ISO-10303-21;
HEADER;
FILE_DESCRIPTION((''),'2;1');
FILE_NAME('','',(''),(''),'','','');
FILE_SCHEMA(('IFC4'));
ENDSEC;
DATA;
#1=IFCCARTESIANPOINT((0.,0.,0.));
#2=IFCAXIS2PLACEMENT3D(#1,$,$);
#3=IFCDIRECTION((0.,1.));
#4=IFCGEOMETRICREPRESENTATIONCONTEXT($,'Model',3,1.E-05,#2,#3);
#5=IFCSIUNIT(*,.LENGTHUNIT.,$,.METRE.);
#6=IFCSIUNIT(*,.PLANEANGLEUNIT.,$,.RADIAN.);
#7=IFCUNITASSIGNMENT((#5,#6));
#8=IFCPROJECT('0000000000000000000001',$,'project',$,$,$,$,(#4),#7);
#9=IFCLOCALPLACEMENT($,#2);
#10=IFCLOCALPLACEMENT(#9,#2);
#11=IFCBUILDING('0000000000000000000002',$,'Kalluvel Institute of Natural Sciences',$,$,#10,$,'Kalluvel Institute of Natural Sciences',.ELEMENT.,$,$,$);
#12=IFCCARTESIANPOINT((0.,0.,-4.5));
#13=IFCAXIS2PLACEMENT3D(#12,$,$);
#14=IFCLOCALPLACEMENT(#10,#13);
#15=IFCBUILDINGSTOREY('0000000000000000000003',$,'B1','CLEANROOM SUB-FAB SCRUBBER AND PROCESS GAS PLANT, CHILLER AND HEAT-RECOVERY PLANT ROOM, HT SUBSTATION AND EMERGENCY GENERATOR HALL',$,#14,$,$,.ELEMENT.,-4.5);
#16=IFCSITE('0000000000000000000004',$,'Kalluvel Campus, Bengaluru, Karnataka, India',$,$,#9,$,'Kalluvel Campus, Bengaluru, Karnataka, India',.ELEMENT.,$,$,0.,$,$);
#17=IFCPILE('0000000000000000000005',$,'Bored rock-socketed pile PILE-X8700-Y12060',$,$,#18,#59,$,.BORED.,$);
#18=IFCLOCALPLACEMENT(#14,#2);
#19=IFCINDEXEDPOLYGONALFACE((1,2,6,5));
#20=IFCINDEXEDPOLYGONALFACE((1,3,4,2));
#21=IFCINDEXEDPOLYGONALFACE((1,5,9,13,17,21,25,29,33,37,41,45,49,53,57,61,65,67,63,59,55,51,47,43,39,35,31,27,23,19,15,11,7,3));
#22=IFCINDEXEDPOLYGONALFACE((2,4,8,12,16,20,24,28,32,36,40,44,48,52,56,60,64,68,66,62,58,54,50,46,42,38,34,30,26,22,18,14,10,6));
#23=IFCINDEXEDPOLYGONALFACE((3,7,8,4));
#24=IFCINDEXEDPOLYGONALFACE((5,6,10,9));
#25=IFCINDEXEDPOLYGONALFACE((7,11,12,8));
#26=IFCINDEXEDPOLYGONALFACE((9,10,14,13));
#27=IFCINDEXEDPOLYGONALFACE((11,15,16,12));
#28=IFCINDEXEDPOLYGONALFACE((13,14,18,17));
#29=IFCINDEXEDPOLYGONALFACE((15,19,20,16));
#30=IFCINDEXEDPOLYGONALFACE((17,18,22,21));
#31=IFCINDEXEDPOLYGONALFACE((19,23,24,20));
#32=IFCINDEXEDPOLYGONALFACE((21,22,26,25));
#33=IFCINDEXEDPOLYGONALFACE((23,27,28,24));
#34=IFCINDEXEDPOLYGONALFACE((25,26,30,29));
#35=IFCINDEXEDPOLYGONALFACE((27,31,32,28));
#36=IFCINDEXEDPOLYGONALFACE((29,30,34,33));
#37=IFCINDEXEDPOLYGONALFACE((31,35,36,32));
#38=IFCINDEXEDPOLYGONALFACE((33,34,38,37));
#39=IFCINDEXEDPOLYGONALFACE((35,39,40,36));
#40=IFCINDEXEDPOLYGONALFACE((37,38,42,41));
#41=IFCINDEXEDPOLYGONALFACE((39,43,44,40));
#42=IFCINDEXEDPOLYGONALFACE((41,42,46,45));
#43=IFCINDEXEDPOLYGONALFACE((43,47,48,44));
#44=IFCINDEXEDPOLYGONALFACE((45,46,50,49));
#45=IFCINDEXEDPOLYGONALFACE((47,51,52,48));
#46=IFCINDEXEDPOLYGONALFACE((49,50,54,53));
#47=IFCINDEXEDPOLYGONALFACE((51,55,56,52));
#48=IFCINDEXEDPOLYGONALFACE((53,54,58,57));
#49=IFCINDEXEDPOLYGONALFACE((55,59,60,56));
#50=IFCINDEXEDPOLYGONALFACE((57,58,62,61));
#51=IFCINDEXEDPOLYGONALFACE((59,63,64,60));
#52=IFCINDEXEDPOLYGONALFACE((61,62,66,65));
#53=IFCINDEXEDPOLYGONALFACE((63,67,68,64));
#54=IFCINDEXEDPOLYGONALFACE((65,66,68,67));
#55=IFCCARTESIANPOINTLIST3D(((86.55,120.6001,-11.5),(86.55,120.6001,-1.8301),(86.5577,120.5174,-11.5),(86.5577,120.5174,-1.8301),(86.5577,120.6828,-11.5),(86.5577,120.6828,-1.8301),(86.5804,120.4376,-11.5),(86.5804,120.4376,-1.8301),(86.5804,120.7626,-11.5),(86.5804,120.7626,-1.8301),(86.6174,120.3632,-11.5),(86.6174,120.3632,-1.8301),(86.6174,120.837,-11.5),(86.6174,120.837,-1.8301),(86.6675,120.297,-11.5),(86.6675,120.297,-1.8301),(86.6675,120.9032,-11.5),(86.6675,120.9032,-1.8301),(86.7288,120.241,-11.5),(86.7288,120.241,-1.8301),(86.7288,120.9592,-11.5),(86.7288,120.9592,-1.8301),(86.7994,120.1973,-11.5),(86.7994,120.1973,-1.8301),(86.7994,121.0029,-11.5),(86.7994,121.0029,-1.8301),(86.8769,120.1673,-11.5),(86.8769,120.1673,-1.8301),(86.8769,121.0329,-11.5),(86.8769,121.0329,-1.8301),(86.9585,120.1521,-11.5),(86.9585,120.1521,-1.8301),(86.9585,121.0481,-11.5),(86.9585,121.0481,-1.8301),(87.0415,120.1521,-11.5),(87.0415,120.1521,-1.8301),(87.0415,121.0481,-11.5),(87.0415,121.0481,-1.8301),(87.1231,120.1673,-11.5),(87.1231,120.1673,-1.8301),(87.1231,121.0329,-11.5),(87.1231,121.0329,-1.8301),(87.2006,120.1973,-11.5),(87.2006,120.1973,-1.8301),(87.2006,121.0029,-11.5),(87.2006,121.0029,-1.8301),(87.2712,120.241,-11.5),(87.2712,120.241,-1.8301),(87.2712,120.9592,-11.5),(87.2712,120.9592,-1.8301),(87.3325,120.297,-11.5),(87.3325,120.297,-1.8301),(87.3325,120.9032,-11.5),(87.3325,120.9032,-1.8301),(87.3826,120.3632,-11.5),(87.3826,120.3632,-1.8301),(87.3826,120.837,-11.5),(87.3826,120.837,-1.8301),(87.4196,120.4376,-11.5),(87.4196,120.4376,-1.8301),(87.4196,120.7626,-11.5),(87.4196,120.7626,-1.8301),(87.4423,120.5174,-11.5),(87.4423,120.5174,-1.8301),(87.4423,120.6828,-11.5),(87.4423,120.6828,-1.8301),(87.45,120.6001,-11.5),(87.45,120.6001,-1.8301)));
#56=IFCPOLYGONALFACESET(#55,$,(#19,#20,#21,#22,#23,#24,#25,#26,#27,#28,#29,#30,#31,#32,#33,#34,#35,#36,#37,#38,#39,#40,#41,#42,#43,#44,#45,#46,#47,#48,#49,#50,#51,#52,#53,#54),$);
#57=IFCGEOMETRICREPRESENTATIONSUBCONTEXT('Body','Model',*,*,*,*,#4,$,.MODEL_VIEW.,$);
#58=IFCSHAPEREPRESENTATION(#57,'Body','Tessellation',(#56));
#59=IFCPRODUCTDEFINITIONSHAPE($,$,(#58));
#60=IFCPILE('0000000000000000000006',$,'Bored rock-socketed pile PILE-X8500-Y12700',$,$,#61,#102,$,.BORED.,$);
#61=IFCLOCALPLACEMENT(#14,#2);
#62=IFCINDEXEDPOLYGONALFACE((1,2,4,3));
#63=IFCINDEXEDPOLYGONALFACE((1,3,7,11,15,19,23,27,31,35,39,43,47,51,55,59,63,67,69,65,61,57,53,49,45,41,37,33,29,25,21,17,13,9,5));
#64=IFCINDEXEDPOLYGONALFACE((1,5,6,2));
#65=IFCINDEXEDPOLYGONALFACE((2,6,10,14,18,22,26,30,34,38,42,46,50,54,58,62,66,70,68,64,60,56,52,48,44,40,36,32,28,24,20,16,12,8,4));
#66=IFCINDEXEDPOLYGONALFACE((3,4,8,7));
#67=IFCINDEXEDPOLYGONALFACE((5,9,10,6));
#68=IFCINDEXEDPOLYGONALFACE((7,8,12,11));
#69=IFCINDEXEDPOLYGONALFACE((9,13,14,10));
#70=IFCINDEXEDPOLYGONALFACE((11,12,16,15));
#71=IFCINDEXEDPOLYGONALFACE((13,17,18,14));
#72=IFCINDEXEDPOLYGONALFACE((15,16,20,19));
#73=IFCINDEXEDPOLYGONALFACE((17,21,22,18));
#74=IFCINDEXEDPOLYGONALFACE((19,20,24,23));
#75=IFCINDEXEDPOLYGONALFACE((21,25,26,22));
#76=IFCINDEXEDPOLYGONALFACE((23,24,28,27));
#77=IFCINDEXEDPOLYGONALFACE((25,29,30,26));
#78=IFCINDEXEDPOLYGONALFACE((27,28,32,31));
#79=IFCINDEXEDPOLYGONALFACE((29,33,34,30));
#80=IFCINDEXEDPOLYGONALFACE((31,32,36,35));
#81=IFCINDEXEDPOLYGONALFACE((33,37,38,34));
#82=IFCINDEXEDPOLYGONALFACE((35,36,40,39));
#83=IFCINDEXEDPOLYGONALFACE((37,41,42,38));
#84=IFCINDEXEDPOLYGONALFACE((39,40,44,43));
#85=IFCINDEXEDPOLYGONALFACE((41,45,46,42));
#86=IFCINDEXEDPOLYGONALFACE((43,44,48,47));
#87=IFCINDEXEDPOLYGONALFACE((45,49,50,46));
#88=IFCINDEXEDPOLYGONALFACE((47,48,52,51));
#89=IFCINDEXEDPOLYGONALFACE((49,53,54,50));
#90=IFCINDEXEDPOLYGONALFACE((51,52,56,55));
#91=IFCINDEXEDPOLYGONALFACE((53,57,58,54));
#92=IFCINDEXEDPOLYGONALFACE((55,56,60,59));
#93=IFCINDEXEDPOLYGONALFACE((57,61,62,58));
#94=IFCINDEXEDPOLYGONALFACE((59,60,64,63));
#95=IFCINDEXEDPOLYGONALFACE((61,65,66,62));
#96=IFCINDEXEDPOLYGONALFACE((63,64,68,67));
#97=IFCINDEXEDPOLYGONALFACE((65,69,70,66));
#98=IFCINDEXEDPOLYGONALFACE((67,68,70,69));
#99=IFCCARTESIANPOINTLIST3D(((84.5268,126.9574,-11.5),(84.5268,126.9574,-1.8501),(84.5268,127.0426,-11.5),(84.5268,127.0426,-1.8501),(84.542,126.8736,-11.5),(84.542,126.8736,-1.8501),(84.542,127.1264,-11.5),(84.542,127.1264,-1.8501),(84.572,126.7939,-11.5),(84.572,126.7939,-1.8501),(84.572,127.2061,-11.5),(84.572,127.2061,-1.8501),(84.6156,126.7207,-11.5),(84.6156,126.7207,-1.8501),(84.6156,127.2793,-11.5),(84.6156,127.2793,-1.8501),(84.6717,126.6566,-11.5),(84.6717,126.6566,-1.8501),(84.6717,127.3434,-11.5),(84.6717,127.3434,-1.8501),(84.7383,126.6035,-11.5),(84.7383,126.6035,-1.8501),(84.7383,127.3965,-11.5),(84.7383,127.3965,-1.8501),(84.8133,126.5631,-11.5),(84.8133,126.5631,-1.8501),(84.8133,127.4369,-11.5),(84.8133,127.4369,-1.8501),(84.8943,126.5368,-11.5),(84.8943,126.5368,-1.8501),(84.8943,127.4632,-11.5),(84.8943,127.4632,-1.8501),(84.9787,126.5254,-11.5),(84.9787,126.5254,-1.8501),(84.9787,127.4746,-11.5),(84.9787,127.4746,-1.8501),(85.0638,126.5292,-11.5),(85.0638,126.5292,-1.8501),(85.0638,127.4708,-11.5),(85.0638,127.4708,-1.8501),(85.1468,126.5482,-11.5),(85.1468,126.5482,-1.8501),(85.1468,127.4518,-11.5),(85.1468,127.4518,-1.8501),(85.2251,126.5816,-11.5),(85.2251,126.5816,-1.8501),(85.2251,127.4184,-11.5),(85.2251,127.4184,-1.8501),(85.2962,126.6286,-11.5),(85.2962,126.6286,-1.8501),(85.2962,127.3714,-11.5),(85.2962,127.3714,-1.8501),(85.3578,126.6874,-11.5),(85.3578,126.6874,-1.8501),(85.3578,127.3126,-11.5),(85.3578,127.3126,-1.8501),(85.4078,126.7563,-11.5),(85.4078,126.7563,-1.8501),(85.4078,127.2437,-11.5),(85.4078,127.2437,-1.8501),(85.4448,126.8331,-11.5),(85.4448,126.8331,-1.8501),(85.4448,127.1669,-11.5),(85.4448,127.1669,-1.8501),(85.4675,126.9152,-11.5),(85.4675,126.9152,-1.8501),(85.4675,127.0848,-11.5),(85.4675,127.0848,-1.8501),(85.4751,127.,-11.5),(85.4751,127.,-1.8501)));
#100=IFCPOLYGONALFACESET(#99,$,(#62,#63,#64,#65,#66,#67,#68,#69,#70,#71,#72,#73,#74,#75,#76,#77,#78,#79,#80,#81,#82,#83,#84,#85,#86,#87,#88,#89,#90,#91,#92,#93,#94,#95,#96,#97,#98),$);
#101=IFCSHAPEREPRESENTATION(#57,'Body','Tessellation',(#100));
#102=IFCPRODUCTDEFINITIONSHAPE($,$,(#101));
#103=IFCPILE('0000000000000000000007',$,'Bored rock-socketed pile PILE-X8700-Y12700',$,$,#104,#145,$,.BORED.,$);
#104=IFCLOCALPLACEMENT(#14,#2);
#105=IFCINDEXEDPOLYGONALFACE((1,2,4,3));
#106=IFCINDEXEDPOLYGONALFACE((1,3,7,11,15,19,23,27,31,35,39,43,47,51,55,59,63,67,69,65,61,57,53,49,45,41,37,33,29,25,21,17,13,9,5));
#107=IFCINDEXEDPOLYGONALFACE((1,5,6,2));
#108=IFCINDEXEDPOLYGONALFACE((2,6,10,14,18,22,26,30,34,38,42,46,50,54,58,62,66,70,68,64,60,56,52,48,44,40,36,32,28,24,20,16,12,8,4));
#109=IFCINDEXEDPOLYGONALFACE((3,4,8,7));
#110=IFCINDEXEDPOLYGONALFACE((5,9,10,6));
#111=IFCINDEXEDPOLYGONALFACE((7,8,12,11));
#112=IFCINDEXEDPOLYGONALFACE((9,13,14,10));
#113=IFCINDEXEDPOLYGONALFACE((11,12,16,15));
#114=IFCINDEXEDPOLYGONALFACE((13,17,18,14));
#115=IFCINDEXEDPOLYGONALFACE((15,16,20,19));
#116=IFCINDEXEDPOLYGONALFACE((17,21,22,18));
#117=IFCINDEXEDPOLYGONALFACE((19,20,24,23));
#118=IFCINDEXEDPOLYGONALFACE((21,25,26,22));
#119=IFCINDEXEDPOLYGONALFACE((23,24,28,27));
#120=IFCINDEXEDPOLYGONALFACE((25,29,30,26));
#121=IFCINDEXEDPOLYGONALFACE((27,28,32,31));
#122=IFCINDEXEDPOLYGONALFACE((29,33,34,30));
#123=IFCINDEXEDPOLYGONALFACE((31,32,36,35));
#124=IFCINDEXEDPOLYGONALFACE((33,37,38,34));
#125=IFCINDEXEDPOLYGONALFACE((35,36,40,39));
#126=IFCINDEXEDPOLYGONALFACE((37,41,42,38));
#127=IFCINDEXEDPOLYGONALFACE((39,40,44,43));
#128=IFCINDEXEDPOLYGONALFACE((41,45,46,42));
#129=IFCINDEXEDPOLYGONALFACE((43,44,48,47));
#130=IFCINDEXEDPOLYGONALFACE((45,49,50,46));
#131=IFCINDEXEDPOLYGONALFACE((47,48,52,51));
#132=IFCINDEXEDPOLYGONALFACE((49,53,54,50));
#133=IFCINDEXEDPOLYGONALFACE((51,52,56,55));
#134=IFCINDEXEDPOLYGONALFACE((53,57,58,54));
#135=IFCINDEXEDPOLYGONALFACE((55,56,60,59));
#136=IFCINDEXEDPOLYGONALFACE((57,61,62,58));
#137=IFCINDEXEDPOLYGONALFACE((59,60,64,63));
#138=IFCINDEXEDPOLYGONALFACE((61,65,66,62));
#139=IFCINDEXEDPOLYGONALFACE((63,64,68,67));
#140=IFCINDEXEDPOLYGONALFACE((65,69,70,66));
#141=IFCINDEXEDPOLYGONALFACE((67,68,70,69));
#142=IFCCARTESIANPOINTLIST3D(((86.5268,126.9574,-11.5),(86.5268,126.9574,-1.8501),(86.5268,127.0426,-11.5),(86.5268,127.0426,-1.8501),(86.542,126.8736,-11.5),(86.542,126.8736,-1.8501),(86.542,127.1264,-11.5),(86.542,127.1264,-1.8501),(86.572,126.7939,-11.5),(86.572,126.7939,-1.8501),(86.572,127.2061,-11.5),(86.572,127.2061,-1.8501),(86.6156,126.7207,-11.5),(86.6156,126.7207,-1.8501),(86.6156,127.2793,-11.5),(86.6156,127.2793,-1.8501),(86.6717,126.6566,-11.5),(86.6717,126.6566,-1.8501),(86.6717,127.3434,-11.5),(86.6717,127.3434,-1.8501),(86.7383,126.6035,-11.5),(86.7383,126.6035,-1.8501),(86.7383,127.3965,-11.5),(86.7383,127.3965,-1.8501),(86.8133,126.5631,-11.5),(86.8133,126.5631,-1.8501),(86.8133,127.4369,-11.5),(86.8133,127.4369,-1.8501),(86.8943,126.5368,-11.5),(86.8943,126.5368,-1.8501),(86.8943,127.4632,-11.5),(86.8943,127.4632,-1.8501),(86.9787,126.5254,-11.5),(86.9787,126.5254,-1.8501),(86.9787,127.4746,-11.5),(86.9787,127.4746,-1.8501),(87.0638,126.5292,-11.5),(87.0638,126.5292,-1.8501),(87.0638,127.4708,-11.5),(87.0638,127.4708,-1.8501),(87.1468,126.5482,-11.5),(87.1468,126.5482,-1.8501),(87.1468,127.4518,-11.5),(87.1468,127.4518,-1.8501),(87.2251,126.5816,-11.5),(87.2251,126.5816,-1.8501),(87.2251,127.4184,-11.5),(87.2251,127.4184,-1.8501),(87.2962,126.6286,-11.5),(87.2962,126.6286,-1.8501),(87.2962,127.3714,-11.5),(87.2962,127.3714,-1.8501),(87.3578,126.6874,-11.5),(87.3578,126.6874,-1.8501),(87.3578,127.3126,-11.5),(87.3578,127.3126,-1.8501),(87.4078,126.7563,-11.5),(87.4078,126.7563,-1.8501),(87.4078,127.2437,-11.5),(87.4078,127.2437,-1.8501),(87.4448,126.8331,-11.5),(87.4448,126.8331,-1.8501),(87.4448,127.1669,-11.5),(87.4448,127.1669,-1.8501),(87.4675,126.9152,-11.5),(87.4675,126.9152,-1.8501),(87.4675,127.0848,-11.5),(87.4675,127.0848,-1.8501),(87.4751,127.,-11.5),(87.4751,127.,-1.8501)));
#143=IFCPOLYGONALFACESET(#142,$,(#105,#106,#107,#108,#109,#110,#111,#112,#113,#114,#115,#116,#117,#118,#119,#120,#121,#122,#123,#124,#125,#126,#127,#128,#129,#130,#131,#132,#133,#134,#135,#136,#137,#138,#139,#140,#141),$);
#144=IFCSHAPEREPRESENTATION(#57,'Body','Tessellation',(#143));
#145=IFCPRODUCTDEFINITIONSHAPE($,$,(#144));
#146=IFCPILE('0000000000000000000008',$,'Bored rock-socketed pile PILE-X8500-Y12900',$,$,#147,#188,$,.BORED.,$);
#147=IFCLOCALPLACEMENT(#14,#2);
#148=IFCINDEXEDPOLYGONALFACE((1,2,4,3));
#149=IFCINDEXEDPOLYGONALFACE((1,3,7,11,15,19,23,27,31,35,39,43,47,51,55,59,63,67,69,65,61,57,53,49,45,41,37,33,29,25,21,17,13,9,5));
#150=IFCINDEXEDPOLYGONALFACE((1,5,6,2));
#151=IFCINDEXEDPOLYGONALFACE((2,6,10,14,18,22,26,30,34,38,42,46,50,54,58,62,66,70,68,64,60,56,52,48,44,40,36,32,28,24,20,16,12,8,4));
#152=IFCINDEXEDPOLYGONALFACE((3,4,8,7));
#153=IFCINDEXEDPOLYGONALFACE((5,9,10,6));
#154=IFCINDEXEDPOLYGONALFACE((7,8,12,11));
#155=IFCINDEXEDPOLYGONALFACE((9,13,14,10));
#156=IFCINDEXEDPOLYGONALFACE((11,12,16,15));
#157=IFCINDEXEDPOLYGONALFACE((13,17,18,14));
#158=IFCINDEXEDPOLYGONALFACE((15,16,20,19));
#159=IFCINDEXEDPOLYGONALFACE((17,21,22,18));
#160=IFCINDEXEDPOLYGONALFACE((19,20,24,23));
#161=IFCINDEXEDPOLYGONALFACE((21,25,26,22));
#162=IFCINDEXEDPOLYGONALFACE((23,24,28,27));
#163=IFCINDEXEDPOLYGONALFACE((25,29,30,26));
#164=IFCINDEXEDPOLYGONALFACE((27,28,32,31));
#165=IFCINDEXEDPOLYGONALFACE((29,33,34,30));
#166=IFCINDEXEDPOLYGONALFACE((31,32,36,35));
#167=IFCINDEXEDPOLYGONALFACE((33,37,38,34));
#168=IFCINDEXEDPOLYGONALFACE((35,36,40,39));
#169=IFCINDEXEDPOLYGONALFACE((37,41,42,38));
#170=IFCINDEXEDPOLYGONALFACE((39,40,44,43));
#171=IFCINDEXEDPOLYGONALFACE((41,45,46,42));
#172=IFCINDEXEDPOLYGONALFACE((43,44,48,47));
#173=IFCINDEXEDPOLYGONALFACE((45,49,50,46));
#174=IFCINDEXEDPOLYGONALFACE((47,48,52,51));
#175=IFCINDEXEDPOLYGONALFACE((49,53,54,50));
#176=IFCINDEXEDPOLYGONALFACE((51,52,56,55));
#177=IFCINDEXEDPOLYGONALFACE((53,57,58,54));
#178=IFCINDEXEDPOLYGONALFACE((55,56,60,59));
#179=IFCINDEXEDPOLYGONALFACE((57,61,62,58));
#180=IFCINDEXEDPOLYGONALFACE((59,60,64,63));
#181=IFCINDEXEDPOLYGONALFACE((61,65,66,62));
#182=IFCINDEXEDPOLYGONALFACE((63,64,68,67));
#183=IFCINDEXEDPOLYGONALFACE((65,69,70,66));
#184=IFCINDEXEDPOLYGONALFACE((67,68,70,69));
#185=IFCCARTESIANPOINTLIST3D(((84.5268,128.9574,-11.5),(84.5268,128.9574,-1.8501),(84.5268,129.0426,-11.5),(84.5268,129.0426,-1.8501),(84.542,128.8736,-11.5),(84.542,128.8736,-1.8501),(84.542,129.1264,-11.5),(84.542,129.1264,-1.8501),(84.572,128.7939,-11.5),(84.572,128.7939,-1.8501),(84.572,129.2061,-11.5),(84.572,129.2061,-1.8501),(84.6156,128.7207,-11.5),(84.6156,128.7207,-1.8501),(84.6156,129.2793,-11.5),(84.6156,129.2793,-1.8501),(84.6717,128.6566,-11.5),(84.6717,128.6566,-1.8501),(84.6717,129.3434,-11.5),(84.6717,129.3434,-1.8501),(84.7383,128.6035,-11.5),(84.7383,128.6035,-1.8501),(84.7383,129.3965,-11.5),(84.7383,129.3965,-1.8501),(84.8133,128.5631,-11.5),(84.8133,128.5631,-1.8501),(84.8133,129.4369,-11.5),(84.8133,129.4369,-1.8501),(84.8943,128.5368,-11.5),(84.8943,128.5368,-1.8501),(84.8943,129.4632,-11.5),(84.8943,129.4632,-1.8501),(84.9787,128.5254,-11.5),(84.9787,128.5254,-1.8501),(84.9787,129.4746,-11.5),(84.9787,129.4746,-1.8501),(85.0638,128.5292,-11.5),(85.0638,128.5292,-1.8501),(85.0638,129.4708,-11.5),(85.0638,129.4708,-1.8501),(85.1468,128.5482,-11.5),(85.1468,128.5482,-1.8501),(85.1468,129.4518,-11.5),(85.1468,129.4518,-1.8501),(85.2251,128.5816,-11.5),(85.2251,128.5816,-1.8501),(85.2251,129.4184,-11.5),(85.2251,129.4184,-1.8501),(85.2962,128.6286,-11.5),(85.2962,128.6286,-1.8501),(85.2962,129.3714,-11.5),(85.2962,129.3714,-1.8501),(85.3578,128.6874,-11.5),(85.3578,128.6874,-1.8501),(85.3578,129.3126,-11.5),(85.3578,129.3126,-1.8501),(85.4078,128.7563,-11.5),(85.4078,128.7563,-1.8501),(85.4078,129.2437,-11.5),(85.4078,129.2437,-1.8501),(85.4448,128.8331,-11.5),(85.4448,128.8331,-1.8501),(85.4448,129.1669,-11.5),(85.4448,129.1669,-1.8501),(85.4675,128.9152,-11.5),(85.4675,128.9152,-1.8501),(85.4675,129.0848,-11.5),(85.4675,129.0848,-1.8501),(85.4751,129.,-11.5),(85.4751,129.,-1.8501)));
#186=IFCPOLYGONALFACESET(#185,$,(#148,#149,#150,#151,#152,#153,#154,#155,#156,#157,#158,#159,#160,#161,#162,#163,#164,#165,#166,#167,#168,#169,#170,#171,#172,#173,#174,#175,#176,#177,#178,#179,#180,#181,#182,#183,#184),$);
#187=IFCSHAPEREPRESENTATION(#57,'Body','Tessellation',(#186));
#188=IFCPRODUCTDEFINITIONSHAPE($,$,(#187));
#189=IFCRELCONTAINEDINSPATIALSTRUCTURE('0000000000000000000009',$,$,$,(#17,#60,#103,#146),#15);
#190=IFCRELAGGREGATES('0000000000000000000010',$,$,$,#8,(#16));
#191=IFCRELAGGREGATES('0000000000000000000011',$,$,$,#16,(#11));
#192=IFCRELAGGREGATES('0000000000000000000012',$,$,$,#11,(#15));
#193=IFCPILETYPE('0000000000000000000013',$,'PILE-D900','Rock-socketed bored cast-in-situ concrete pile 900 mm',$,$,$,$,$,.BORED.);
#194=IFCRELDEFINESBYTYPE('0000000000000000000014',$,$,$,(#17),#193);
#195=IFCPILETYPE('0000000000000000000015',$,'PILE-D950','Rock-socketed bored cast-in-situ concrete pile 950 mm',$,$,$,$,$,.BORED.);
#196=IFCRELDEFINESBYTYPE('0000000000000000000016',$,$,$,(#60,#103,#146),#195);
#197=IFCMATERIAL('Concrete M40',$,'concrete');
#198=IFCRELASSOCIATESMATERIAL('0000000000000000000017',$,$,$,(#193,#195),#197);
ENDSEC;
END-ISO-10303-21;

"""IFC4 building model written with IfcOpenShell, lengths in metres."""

from ifc_helpers import new_model, si_unit, direction, frame, origin, origin_2d, place, context, subcontext, project, spatial, circle, extrude, material, material_profile, profile_set, type_object, element, save


model = new_model("IFC4")

# Units and contexts
model_context = context("Model", 3, precision=1e-05, world=origin(), true_north=direction((0.0, 1.0)))
body_context = subcontext(model_context, "Body", "Model", "MODEL_VIEW")
ifc_project = project(units=[si_unit("LENGTHUNIT", "METRE"), si_unit("PLANEANGLEUNIT", "RADIAN")], contexts=[model_context])

# Site, building, storey
site_placement = place(None, origin())
site = spatial("IfcSite", under=ifc_project, at=site_placement, Name="Kalluvel Campus, Bengaluru, Karnataka, India", LongName="Kalluvel Campus, Bengaluru, Karnataka, India", CompositionType="ELEMENT", RefElevation=0.0)
building_placement = place(site_placement, origin())
building = spatial("IfcBuilding", under=site, at=building_placement, Name="Kalluvel Institute of Natural Sciences", LongName="Kalluvel Institute of Natural Sciences", CompositionType="ELEMENT")
storey_placement = place(building_placement, frame((0.0, 0.0, -4.5)))
storey = spatial("IfcBuildingStorey", under=building, at=storey_placement, Name="B1", Description="CLEANROOM SUB-FAB SCRUBBER AND PROCESS GAS PLANT, CHILLER AND HEAT-RECOVERY PLANT ROOM, HT SUBSTATION AND EMERGENCY GENERATOR HALL", CompositionType="ELEMENT", Elevation=-4.5)

# Shared definitions
ifc_material_1 = material(Name="Concrete M40", Category="concrete")

# Piles
ifc_material_profile_1 = material_profile(ifc_material_1, circle(Radius=0.45, at=origin_2d()), Name="PILE D900")
ifc_profile_set_1 = profile_set([ifc_material_profile_1], Name="Concrete M40")
pile_type_1 = type_object("IfcPileType", Name="PILE-D900", Description="Rock-socketed bored cast-in-situ concrete pile 900 mm", PredefinedType="BORED", material=ifc_profile_set_1)
for number, where, z_axis, x_axis, name in (
    (1, (87.0, 120.6001, -1.8301), (0.0, 0.0, -1.0), (1.0, 0.0, 0.0), "Bored rock-socketed pile PILE-X8700-Y12060"),
):
    element("IfcPile", number, at=place(storey_placement, frame(where, z_axis=z_axis, x_axis=x_axis)), inside=storey, type_object=pile_type_1, Name=name, PredefinedType="BORED", context=body_context, shape_type="SweptSolid", body=[
        extrude(circle(Radius=0.45, at=origin_2d()), origin(), (0.0, 0.0, 1.0), 9.6699),
    ])
ifc_material_profile_2 = material_profile(ifc_material_1, circle(Radius=0.4751, at=origin_2d()), Name="PILE D950")
ifc_profile_set_2 = profile_set([ifc_material_profile_2], Name="Concrete M40")
pile_type_2 = type_object("IfcPileType", Name="PILE-D950", Description="Rock-socketed bored cast-in-situ concrete pile 950 mm", PredefinedType="BORED", material=ifc_profile_set_2)
for number, where, z_axis, x_axis, name in (
    (2, (85.0, 127.0, -1.8501), (0.0, 0.0, -1.0), (1.0, 0.0, 0.0), "Bored rock-socketed pile PILE-X8500-Y12700"),
    (3, (87.0, 127.0, -1.8501), (0.0, 0.0, -1.0), (1.0, 0.0, 0.0), "Bored rock-socketed pile PILE-X8700-Y12700"),
    (4, (85.0, 129.0, -1.8501), (0.0, 0.0, -1.0), (1.0, 0.0, 0.0), "Bored rock-socketed pile PILE-X8500-Y12900"),
):
    element("IfcPile", number, at=place(storey_placement, frame(where, z_axis=z_axis, x_axis=x_axis)), inside=storey, type_object=pile_type_2, Name=name, PredefinedType="BORED", context=body_context, shape_type="SweptSolid", body=[
        extrude(circle(Radius=0.4751, at=origin_2d()), origin(), (0.0, 0.0, 1.0), 9.6499),
    ])

save(model, "model.ifc")
